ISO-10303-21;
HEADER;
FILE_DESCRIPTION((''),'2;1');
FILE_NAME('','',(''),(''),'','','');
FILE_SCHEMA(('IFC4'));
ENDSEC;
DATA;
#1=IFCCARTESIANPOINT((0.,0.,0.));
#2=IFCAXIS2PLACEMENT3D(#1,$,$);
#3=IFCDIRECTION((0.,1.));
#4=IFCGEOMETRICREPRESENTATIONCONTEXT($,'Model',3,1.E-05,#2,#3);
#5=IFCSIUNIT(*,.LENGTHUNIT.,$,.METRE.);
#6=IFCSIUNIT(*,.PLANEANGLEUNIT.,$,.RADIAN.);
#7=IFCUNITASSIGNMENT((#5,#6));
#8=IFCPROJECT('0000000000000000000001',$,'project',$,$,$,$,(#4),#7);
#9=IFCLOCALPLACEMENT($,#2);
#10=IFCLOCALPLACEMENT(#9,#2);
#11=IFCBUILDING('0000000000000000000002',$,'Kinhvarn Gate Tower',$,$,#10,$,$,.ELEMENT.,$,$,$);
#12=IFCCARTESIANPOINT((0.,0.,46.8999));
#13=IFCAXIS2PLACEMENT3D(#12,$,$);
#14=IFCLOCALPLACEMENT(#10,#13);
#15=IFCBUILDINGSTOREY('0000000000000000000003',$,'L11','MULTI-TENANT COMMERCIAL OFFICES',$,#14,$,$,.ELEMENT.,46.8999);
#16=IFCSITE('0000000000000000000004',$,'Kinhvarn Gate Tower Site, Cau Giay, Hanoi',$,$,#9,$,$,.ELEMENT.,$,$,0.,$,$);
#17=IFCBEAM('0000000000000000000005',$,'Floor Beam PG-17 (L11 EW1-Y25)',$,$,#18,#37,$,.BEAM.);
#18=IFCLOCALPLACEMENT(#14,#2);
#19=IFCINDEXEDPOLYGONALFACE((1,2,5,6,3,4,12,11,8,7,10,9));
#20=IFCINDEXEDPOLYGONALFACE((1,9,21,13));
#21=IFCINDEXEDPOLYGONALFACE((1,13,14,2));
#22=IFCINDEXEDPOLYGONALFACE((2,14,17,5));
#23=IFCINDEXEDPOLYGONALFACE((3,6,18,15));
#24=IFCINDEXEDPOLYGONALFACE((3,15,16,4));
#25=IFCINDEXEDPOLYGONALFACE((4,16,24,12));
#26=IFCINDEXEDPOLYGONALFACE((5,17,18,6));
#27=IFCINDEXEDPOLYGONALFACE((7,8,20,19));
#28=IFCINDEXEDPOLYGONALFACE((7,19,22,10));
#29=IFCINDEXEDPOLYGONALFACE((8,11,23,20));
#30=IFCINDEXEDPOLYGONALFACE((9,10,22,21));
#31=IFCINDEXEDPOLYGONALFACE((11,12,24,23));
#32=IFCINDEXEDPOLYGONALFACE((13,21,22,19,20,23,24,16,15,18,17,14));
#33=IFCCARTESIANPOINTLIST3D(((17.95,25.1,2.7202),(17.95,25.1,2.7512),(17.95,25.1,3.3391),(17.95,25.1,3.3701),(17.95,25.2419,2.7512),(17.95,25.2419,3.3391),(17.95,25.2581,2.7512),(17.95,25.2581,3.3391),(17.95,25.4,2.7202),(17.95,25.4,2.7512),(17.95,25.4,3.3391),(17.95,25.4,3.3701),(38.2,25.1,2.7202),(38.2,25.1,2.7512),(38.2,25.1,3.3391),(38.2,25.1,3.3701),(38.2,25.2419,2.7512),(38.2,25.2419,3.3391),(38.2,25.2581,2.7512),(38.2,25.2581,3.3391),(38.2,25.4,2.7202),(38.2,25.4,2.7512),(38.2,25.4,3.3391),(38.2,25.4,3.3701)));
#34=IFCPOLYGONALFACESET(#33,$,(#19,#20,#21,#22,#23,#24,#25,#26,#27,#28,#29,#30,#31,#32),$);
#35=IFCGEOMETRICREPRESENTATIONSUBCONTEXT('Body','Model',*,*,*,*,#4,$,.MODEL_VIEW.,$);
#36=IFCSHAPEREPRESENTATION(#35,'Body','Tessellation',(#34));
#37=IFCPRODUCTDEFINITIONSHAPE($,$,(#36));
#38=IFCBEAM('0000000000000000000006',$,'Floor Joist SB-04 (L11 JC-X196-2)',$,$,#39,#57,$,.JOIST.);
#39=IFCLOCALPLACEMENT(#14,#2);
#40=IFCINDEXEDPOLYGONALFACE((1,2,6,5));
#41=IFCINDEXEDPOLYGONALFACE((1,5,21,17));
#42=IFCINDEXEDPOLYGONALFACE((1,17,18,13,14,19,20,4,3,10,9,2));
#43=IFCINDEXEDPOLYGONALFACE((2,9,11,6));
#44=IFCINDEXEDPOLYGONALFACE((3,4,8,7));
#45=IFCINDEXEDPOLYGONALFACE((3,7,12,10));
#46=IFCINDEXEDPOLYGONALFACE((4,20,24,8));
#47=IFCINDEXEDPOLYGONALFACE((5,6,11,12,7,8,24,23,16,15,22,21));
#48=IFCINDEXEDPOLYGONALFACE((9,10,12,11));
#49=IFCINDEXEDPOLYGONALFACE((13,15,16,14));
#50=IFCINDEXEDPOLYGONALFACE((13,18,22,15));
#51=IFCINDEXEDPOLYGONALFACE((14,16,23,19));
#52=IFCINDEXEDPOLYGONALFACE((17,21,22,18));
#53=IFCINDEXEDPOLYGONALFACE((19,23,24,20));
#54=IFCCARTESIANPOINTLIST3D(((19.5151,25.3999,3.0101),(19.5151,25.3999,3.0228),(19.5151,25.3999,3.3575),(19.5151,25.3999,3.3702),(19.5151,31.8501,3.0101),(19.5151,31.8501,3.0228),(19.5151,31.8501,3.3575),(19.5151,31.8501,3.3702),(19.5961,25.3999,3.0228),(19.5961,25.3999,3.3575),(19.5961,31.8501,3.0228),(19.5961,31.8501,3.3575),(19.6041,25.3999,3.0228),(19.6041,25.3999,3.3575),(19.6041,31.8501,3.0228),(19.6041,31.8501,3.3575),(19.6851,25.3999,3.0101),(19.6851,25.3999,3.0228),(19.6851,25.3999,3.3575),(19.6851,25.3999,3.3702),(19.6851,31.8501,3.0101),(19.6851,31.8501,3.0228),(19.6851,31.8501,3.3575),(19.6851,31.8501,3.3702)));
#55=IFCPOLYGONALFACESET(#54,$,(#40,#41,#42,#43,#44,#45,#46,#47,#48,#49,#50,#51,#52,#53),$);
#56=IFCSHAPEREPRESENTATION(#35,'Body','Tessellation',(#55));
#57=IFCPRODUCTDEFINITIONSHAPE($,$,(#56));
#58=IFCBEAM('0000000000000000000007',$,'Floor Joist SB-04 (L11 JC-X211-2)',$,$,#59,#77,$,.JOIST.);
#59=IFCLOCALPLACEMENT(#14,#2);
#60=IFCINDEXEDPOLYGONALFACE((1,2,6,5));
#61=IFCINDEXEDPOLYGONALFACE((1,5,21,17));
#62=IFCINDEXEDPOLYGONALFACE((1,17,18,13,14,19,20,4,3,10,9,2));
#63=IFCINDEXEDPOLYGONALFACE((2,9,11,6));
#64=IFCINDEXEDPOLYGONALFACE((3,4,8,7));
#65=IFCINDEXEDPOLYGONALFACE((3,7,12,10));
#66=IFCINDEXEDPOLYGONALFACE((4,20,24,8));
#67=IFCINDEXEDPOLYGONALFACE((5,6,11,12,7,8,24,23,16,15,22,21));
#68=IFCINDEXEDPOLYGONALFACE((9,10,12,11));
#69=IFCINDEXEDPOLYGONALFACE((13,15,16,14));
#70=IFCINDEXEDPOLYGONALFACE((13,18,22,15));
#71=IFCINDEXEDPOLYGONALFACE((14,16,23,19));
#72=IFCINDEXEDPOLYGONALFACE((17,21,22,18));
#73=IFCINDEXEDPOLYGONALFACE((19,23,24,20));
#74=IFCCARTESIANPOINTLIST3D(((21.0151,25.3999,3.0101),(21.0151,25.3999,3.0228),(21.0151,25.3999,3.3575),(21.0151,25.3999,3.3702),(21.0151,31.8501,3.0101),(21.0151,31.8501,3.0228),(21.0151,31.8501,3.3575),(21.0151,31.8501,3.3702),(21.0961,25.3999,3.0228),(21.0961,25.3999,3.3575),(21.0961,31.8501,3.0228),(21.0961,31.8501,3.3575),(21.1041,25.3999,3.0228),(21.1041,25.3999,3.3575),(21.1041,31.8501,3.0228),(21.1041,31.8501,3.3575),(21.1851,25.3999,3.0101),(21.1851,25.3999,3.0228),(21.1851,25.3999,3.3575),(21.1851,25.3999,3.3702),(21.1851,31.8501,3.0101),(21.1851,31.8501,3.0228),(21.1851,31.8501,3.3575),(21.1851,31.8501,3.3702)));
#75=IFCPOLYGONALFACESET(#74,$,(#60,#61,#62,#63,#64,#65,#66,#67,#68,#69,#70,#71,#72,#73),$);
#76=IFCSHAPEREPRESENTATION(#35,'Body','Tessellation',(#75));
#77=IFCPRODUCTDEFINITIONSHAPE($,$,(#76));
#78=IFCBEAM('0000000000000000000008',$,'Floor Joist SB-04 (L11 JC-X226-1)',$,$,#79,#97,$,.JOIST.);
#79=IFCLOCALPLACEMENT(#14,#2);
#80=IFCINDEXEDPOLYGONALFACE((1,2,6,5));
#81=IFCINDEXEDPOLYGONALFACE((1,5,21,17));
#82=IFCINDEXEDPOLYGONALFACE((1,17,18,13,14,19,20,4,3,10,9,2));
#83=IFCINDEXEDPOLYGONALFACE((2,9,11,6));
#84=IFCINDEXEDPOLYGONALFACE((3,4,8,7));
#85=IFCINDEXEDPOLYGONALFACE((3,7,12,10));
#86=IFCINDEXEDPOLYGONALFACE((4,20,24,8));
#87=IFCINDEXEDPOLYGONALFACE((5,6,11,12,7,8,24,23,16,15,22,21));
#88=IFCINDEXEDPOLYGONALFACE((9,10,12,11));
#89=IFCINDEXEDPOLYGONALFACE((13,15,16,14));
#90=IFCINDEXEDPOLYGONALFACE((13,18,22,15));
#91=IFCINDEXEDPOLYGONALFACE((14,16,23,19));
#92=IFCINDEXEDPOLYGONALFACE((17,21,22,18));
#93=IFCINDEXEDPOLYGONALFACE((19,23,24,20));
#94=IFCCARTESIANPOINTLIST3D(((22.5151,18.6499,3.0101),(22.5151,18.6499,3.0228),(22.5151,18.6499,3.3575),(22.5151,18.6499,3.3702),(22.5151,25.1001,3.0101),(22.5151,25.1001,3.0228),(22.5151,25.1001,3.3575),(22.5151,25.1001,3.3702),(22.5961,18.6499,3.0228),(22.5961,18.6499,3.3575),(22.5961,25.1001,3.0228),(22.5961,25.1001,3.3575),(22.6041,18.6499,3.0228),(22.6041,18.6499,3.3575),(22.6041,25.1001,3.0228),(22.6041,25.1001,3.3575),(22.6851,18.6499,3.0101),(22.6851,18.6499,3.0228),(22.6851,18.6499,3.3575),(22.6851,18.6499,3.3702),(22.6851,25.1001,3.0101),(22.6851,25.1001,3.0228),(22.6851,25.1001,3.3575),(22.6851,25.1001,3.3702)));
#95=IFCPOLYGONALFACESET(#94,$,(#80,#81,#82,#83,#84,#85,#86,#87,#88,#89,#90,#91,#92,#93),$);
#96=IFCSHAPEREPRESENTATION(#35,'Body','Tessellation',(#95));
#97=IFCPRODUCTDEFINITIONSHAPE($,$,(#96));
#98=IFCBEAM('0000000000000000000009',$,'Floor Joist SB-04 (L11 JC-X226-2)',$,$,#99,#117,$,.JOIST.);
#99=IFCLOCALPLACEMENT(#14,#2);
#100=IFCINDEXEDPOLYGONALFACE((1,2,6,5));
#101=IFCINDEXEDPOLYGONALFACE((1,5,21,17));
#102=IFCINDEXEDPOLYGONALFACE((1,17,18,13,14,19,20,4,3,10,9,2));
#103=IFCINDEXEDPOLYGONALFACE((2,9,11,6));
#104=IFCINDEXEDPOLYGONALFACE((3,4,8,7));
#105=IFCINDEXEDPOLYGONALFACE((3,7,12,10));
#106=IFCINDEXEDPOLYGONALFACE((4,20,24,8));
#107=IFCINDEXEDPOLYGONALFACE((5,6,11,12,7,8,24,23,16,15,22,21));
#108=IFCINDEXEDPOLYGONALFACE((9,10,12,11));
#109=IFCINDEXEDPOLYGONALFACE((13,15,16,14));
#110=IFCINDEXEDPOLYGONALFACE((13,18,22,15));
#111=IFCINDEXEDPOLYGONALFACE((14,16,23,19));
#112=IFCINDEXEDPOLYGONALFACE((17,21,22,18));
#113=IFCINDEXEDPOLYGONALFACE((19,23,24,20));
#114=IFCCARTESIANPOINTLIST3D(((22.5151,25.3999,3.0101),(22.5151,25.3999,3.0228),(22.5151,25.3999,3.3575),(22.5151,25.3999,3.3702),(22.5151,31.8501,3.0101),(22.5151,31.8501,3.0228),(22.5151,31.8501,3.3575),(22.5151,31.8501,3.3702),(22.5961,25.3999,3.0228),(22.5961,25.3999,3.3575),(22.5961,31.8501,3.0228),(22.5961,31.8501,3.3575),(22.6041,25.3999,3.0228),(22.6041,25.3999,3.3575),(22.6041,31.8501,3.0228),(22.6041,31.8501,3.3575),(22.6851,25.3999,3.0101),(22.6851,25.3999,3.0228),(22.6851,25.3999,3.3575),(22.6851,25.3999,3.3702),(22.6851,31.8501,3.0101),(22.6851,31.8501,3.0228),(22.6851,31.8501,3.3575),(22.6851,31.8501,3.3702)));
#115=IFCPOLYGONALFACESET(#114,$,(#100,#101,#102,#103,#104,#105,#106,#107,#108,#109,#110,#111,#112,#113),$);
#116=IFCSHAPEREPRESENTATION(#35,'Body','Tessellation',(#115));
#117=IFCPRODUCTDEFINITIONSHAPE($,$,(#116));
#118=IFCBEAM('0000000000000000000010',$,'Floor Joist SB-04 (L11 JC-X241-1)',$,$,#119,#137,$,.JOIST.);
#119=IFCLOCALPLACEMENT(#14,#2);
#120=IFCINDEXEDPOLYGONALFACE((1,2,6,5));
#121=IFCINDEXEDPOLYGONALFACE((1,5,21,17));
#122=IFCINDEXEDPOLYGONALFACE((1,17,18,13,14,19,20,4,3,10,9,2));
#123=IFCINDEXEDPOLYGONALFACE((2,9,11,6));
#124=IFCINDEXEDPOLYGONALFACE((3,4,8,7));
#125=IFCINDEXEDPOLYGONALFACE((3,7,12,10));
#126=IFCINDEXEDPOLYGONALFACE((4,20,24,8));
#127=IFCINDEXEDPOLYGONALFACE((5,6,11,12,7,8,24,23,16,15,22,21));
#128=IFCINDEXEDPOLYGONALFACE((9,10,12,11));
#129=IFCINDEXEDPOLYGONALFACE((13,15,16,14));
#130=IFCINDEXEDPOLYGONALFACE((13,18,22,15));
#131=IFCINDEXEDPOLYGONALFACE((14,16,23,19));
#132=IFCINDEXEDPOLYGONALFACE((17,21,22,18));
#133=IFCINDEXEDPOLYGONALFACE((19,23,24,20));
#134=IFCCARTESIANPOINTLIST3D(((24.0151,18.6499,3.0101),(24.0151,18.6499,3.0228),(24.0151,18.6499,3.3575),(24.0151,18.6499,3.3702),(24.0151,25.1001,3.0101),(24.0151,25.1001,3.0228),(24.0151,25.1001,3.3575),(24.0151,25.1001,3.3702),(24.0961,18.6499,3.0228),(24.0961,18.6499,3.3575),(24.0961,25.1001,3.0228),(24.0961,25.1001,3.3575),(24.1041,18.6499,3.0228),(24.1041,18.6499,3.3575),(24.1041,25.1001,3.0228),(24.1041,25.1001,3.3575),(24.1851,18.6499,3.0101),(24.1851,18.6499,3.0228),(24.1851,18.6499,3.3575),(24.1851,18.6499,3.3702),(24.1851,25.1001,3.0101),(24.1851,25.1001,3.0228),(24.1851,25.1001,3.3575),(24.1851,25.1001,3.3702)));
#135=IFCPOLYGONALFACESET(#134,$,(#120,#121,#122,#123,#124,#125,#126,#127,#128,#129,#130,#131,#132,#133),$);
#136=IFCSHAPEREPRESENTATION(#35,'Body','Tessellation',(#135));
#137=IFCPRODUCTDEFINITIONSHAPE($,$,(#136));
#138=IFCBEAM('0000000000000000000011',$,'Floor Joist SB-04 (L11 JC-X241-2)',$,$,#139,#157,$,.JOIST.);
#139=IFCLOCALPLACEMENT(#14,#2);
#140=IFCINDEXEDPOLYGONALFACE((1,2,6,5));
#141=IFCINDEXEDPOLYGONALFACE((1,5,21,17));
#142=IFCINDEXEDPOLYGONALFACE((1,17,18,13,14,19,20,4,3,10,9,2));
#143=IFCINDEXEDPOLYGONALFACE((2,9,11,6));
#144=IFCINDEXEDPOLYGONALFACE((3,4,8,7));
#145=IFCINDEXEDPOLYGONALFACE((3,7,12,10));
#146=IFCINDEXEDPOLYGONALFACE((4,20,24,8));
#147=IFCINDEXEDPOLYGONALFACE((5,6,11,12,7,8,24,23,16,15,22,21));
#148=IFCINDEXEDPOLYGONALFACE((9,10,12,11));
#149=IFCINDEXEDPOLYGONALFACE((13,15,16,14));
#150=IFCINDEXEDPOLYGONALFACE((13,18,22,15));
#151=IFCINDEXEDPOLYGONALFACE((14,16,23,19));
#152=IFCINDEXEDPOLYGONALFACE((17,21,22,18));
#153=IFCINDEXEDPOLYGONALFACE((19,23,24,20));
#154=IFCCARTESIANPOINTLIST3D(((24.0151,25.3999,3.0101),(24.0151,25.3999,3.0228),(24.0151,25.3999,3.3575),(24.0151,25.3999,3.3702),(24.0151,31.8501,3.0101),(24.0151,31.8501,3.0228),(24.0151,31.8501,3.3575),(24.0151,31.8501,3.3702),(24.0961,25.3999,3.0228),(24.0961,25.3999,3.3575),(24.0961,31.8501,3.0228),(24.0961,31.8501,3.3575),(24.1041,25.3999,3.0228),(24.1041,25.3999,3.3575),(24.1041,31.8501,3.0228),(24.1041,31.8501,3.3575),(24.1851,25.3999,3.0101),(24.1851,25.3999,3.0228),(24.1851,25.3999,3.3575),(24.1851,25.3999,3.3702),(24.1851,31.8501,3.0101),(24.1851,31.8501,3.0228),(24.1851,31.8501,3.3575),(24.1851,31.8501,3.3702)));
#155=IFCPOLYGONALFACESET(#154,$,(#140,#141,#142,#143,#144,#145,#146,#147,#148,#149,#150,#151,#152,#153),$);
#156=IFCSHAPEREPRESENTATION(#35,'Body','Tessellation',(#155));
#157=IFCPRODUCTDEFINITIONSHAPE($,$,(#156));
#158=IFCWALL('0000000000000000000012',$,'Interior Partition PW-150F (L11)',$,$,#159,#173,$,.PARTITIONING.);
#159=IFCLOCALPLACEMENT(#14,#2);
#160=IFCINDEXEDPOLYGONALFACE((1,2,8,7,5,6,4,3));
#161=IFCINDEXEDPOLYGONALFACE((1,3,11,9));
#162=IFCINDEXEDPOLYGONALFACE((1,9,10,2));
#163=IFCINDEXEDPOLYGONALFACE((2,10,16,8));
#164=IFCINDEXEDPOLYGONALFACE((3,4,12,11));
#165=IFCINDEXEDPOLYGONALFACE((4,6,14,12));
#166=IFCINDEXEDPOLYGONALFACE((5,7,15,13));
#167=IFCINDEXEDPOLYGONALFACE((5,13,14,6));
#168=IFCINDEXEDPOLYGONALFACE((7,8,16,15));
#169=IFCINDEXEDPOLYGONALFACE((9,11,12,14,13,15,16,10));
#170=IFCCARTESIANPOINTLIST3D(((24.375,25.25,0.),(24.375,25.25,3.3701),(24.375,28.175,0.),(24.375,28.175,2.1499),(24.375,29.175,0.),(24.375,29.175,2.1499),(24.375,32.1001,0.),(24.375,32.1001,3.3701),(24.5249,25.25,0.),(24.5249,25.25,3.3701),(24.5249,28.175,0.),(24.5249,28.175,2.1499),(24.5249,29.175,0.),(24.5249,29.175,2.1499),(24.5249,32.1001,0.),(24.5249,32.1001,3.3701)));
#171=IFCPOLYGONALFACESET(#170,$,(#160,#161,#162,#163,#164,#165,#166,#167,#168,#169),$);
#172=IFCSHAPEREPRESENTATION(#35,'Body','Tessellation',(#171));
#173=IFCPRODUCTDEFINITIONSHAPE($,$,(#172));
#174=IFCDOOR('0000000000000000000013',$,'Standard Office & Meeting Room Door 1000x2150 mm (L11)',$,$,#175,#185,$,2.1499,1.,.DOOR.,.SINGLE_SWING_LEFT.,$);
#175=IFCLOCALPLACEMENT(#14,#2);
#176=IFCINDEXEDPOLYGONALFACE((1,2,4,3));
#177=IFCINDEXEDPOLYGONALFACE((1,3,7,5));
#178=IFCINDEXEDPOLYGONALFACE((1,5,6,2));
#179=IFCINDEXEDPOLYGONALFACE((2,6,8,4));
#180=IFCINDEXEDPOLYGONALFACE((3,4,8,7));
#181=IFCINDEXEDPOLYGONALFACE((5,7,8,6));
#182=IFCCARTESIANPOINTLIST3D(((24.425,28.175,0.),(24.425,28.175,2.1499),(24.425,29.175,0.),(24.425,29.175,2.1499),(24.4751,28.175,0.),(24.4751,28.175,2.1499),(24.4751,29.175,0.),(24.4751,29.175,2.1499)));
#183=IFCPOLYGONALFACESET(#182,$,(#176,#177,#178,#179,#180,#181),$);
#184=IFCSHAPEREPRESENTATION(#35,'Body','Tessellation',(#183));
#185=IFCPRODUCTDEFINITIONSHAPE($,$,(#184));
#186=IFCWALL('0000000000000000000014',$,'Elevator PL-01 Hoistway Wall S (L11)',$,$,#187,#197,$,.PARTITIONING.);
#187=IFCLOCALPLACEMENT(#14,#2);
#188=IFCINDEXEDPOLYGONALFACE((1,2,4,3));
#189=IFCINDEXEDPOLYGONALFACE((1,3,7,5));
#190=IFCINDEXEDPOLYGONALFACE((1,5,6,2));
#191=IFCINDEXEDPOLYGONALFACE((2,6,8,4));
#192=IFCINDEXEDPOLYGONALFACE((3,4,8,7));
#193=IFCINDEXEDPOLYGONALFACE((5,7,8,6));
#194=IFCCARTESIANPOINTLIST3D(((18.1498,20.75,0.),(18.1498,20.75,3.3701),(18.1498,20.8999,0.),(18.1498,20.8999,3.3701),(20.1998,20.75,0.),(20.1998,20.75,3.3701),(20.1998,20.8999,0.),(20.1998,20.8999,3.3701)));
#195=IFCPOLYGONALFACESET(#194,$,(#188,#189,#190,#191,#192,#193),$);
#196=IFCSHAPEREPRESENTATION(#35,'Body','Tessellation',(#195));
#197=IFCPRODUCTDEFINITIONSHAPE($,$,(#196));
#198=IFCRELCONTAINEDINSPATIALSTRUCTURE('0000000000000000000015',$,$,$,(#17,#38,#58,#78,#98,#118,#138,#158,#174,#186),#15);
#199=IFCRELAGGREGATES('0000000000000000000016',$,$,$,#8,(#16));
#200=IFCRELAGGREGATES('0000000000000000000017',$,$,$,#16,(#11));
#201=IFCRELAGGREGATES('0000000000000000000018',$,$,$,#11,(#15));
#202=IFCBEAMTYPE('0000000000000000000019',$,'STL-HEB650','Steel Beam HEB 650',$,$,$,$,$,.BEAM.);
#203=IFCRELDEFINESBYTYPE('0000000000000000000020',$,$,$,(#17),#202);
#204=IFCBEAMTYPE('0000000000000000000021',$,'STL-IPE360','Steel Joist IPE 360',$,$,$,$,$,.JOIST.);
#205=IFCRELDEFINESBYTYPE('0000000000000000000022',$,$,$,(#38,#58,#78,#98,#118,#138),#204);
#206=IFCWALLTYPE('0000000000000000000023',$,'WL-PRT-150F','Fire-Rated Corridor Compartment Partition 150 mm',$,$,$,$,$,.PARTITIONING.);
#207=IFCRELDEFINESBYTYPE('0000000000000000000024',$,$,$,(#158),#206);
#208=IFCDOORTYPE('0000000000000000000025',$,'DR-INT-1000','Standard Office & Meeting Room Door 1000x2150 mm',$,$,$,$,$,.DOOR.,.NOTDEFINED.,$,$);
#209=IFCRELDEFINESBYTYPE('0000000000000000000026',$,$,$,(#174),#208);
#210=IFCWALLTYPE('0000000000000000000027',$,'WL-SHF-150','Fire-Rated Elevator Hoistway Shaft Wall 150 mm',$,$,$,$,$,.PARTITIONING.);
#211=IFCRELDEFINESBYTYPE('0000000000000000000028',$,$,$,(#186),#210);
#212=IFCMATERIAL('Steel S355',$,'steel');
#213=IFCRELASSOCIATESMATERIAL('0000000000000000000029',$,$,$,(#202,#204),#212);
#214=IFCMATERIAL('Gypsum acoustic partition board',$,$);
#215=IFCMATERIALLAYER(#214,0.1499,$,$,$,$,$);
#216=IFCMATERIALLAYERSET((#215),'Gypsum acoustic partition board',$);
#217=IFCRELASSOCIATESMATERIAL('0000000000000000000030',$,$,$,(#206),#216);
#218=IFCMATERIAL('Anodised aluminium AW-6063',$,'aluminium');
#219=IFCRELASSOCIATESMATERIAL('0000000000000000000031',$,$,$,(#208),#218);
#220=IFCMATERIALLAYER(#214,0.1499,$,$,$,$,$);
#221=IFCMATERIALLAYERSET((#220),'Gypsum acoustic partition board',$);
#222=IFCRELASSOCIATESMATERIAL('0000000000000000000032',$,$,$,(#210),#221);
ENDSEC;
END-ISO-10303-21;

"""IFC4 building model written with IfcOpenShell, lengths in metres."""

from ifc_helpers import new_model, si_unit, direction, frame, frame_2d, origin, origin_2d, place, context, subcontext, project, spatial, rectangle, i_section, extrude, material, layer, layer_set, material_profile, profile_set, type_object, element, fill, save


model = new_model("IFC4")

# Units and contexts
model_context = context("Model", 3, precision=1e-05, world=origin(), true_north=direction((0.0, 1.0)))
body_context = subcontext(model_context, "Body", "Model", "MODEL_VIEW")
ifc_project = project(units=[si_unit("LENGTHUNIT", "METRE"), si_unit("PLANEANGLEUNIT", "RADIAN")], contexts=[model_context])

# Site, building, storey
site_placement = place(None, origin())
site = spatial("IfcSite", under=ifc_project, at=site_placement, Name="Kinhvarn Gate Tower Site, Cau Giay, Hanoi", CompositionType="ELEMENT", RefElevation=0.0)
building_placement = place(site_placement, origin())
building = spatial("IfcBuilding", under=site, at=building_placement, Name="Kinhvarn Gate Tower", CompositionType="ELEMENT")
storey_placement = place(building_placement, frame((0.0, 0.0, 46.8999)))
storey = spatial("IfcBuildingStorey", under=building, at=storey_placement, Name="L11", Description="MULTI-TENANT COMMERCIAL OFFICES", CompositionType="ELEMENT", Elevation=46.8999)

# Beams
ifc_material_1 = material(Name="Steel S355", Category="steel")
ifc_material_profile_1 = material_profile(ifc_material_1, i_section(OverallWidth=0.3, OverallDepth=0.6499, WebThickness=0.0161, FlangeThickness=0.031, at=origin_2d()), Name="HEB 650")
ifc_profile_set_1 = profile_set([ifc_material_profile_1], Name="Steel S355")
beam_type_1 = type_object("IfcBeamType", Name="STL-HEB650", Description="Steel Beam HEB 650", PredefinedType="BEAM", material=ifc_profile_set_1)
beam_placement = place(storey_placement, frame((17.95, 25.25, 3.0452), z_axis=(1.0, 0.0, 0.0), x_axis=(0.0, 1.0, 0.0)))
element("IfcBeam", 1, at=beam_placement, inside=storey, type_object=beam_type_1, Name="Floor Beam PG-17 (L11 EW1-Y25)", PredefinedType="BEAM", context=body_context, shape_type="SweptSolid", body=[
    extrude(i_section(OverallWidth=0.3, OverallDepth=0.6499, WebThickness=0.0161, FlangeThickness=0.031, at=origin_2d()), origin(), (0.0, 0.0, 1.0), 20.25),
])
ifc_material_profile_2 = material_profile(ifc_material_1, i_section(OverallWidth=0.1699, OverallDepth=0.3601, WebThickness=0.0081, FlangeThickness=0.0127, at=origin_2d()), Name="IPE 360")
ifc_profile_set_2 = profile_set([ifc_material_profile_2], Name="Steel S355")
beam_type_2 = type_object("IfcBeamType", Name="STL-IPE360", Description="Steel Joist IPE 360", PredefinedType="JOIST", material=ifc_profile_set_2)
for number, where, z_axis, x_axis, name in (
    (2, (19.6001, 25.3999, 3.1902), (0.0, 1.0, 0.0), (-1.0, 0.0, 0.0), "Floor Joist SB-04 (L11 JC-X196-2)"),
    (3, (21.1001, 25.3999, 3.1902), (0.0, 1.0, 0.0), (-1.0, 0.0, 0.0), "Floor Joist SB-04 (L11 JC-X211-2)"),
    (4, (22.6001, 18.6499, 3.1902), (0.0, 1.0, 0.0), (-1.0, 0.0, 0.0), "Floor Joist SB-04 (L11 JC-X226-1)"),
    (5, (22.6001, 25.3999, 3.1902), (0.0, 1.0, 0.0), (-1.0, 0.0, 0.0), "Floor Joist SB-04 (L11 JC-X226-2)"),
    (6, (24.1001, 18.6499, 3.1902), (0.0, 1.0, 0.0), (-1.0, 0.0, 0.0), "Floor Joist SB-04 (L11 JC-X241-1)"),
    (7, (24.1001, 25.3999, 3.1902), (0.0, 1.0, 0.0), (-1.0, 0.0, 0.0), "Floor Joist SB-04 (L11 JC-X241-2)"),
):
    element("IfcBeam", number, at=place(storey_placement, frame(where, z_axis=z_axis, x_axis=x_axis)), inside=storey, type_object=beam_type_2, Name=name, PredefinedType="JOIST", context=body_context, shape_type="SweptSolid", body=[
        extrude(i_section(OverallWidth=0.1699, OverallDepth=0.3601, WebThickness=0.0081, FlangeThickness=0.0127, at=origin_2d()), origin(), (0.0, 0.0, 1.0), 6.4502),
    ])

# Wall, opening, door
ifc_material_2 = material(Name="Gypsum acoustic partition board")
ifc_layer_1 = layer(ifc_material_2, 0.1499)
ifc_layer_set_1 = layer_set([ifc_layer_1], Name="Gypsum acoustic partition board")
wall_type_1 = type_object("IfcWallType", Name="WL-PRT-150F", Description="Fire-Rated Corridor Compartment Partition 150 mm", PredefinedType="PARTITIONING", material=ifc_layer_set_1)
wall_1_placement = place(storey_placement, frame((24.45, 25.25, 0.0), z_axis=(0.0, 0.0, 1.0), x_axis=(0.0, 1.0, 0.0)))
wall_1 = element("IfcWall", 8, at=wall_1_placement, inside=storey, type_object=wall_type_1, Name="Interior Partition PW-150F (L11)", PredefinedType="PARTITIONING", context=body_context, shape_type="SweptSolid", body=[
    extrude(rectangle(XDim=6.8501, YDim=0.1499, at=frame_2d((3.425, 0.0))), origin(), (0.0, 0.0, 1.0), 3.3701),
])
opening_1_placement = place(wall_1_placement, frame((2.925, 0.0, 0.0)))
opening_1 = element("IfcOpeningElement", 9, at=opening_1_placement, cuts=wall_1, PredefinedType="OPENING", context=body_context, shape_type="SweptSolid", body=[
    extrude(rectangle(XDim=1.0, YDim=2.1499, at=frame_2d((0.5, 1.075))), frame((0.0, 0.085, 0.0), z_axis=(0.0, -1.0, 0.0), x_axis=(1.0, 0.0, 0.0)), (0.0, 0.0, 1.0), 0.1699),
])
ifc_material_3 = material(Name="Anodised aluminium AW-6063", Category="aluminium")
door_type_1 = type_object("IfcDoorType", Name="DR-INT-1000", Description="Standard Office & Meeting Room Door 1000x2150 mm", OperationType="NOTDEFINED", PredefinedType="DOOR", material=ifc_material_3)
door_1_placement = place(opening_1_placement, origin())
door_1 = element("IfcDoor", 10, at=door_1_placement, inside=storey, type_object=door_type_1, Name="Standard Office & Meeting Room Door 1000x2150 mm (L11)", OperationType="SINGLE_SWING_LEFT", OverallHeight=2.1499, OverallWidth=1.0, PredefinedType="DOOR", context=body_context, shape_type="SweptSolid", body=[
    extrude(rectangle(XDim=1.0, YDim=2.1499, at=frame_2d((0.5, 1.075))), frame((0.0, 0.0249, 0.0), z_axis=(0.0, -1.0, 0.0), x_axis=(1.0, 0.0, 0.0)), (0.0, 0.0, 1.0), 0.05),
])
fill(opening_1, door_1)

# Wall
ifc_layer_2 = layer(ifc_material_2, 0.1499)
ifc_layer_set_2 = layer_set([ifc_layer_2], Name="Gypsum acoustic partition board")
wall_type_2 = type_object("IfcWallType", Name="WL-SHF-150", Description="Fire-Rated Elevator Hoistway Shaft Wall 150 mm", PredefinedType="PARTITIONING", material=ifc_layer_set_2)
wall_2_placement = place(storey_placement, frame((18.1499, 20.825, 0.0), z_axis=(0.0, 0.0, 1.0), x_axis=(1.0, 0.0, 0.0)))
element("IfcWall", 11, at=wall_2_placement, inside=storey, type_object=wall_type_2, Name="Elevator PL-01 Hoistway Wall S (L11)", PredefinedType="PARTITIONING", context=body_context, shape_type="SweptSolid", body=[
    extrude(rectangle(XDim=2.05, YDim=0.1499, at=frame_2d((1.0249, 0.0))), origin(), (0.0, 0.0, 1.0), 3.3701),
])

save(model, "model.ifc")
